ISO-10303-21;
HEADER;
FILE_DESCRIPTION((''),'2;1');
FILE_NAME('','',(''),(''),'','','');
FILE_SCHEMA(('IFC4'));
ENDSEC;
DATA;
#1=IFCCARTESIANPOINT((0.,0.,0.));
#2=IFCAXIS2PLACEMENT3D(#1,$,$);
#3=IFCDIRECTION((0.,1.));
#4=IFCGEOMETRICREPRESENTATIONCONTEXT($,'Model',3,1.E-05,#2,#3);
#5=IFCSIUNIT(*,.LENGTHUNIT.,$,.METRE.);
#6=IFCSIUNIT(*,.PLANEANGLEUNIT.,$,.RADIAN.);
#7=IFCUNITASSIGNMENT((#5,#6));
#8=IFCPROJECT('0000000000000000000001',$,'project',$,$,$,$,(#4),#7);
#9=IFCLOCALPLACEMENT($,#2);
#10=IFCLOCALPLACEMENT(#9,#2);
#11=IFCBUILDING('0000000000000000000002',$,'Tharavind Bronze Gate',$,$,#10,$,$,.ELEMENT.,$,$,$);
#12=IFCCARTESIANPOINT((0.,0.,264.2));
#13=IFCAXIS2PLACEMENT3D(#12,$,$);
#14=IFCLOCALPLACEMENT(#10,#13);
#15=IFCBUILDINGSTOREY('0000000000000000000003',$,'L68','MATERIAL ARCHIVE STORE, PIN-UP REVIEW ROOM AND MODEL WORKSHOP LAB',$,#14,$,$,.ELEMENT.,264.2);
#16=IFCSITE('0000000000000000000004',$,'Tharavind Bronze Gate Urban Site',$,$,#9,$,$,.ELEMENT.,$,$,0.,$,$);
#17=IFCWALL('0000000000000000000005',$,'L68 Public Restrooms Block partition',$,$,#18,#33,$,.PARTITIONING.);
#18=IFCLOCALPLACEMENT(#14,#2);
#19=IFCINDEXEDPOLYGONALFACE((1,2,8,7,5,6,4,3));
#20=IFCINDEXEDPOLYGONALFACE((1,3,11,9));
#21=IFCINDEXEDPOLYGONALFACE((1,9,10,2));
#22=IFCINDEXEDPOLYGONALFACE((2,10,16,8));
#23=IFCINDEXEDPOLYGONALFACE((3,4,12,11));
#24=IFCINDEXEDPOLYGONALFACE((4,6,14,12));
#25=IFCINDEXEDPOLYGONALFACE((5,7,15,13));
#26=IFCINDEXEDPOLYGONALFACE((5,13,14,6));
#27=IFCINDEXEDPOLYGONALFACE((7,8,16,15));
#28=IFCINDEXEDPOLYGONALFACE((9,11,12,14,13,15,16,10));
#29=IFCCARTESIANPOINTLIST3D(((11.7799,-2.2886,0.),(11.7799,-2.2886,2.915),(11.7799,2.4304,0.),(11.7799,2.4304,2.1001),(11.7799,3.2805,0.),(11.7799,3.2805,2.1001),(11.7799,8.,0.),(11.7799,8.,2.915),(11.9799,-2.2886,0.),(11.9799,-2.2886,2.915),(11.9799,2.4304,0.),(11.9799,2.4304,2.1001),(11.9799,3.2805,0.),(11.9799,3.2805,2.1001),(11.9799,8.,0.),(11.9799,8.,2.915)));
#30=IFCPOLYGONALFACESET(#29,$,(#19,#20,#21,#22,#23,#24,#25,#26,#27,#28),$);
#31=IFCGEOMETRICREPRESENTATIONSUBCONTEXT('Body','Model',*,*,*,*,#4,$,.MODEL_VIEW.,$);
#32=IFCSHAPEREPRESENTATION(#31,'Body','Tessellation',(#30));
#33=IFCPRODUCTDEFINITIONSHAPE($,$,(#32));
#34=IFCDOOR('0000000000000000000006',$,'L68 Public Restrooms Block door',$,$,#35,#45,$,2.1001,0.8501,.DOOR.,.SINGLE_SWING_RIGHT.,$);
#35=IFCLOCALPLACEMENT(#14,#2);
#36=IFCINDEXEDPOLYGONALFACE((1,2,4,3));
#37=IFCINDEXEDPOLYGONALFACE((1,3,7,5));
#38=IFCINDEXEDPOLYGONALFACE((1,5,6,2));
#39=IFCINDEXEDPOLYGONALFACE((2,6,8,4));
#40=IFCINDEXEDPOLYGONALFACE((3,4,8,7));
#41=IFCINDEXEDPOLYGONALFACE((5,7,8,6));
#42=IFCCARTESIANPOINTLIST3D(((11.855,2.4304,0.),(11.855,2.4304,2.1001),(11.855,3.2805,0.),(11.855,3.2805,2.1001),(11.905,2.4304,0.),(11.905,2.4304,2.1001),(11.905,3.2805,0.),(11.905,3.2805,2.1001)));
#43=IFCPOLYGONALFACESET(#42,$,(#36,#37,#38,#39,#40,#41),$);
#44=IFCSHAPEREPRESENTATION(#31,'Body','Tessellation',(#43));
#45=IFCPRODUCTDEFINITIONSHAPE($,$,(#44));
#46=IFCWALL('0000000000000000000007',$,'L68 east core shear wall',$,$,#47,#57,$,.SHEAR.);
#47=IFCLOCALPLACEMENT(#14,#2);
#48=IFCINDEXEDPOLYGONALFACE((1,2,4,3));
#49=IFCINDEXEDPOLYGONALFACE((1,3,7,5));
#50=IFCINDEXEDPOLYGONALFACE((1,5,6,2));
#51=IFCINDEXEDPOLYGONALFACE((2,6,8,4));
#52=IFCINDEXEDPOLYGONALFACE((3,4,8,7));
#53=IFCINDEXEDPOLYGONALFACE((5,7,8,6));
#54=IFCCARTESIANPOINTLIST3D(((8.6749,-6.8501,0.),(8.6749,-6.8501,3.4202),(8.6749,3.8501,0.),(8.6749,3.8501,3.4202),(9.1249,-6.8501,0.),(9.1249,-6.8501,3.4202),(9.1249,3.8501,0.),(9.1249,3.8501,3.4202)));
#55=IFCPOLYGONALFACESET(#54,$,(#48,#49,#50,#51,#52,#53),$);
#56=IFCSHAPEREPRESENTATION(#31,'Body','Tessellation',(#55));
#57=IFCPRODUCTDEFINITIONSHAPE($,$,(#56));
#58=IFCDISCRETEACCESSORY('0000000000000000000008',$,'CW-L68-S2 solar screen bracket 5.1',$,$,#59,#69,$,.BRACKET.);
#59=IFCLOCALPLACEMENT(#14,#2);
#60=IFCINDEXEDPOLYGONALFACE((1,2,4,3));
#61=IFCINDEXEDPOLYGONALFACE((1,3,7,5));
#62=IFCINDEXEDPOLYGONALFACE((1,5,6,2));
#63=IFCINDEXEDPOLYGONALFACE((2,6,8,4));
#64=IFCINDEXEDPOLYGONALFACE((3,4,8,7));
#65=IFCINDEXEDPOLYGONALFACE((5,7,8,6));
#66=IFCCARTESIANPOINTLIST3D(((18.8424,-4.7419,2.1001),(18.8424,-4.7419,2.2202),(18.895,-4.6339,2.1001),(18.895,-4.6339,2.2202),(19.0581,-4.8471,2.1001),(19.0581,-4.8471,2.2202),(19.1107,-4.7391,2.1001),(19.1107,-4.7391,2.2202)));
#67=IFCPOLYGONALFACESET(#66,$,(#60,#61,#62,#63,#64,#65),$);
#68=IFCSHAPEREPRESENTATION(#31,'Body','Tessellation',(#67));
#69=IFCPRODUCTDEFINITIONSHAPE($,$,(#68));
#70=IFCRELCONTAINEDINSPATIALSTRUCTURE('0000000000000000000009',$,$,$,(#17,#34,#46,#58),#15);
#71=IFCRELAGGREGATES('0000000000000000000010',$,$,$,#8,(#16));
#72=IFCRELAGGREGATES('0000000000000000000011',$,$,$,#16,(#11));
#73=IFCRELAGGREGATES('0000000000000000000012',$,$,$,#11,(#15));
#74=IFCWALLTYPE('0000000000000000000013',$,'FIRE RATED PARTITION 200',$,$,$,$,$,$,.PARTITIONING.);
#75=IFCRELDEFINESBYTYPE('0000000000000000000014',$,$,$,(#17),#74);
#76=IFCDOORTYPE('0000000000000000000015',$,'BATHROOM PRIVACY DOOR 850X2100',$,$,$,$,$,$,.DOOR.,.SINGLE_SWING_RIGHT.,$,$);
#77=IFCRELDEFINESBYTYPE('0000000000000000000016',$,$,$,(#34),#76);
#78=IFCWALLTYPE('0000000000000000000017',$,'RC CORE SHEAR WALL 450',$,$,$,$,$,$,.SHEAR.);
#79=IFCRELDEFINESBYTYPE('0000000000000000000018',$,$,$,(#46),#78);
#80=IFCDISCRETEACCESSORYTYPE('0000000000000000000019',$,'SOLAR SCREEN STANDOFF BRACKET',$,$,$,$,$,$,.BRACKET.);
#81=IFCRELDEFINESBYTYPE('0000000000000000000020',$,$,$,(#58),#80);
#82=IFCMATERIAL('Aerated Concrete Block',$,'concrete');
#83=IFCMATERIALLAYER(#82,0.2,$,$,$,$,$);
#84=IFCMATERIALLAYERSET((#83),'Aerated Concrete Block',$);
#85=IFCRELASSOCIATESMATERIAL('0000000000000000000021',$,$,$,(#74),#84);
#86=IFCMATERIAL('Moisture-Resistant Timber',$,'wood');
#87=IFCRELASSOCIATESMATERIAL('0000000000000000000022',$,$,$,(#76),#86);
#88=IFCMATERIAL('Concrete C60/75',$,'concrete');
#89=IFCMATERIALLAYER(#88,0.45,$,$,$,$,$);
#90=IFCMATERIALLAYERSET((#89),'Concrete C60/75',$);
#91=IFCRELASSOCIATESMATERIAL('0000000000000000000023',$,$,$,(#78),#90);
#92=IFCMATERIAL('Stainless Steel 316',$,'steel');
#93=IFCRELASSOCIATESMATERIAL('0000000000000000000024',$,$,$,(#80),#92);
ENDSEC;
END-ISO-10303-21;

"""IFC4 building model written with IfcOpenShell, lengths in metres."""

from ifc_helpers import new_model, si_unit, direction, frame, frame_2d, origin, origin_2d, place, context, subcontext, project, spatial, rectangle, extrude, material, layer, layer_set, type_object, element, fill, save


model = new_model("IFC4")

# Units and contexts
model_context = context("Model", 3, precision=1e-05, world=origin(), true_north=direction((0.0, 1.0)))
body_context = subcontext(model_context, "Body", "Model", "MODEL_VIEW")
ifc_project = project(units=[si_unit("LENGTHUNIT", "METRE"), si_unit("PLANEANGLEUNIT", "RADIAN")], contexts=[model_context])

# Site, building, storey
site_placement = place(None, origin())
site = spatial("IfcSite", under=ifc_project, at=site_placement, Name="Tharavind Bronze Gate Urban Site", CompositionType="ELEMENT", RefElevation=0.0)
building_placement = place(site_placement, origin())
building = spatial("IfcBuilding", under=site, at=building_placement, Name="Tharavind Bronze Gate", CompositionType="ELEMENT")
storey_placement = place(building_placement, frame((0.0, 0.0, 264.2)))
storey = spatial("IfcBuildingStorey", under=building, at=storey_placement, Name="L68", Description="MATERIAL ARCHIVE STORE, PIN-UP REVIEW ROOM AND MODEL WORKSHOP LAB", CompositionType="ELEMENT", Elevation=264.2)

# Shared definitions
ifc_material_1 = material(Name="Aerated Concrete Block", Category="concrete")
ifc_layer_1 = layer(ifc_material_1, 0.2)
ifc_layer_set_1 = layer_set([ifc_layer_1], Name="Aerated Concrete Block")
wall_type_1 = type_object("IfcWallType", Name="FIRE RATED PARTITION 200", PredefinedType="PARTITIONING", material=ifc_layer_set_1)

# Wall, opening, door
wall_1_placement = place(storey_placement, frame((11.8799, -2.2886, 0.0), z_axis=(0.0, 0.0, 1.0), x_axis=(0.0, 1.0, 0.0)))
wall_1 = element("IfcWall", 1, at=wall_1_placement, inside=storey, type_object=wall_type_1, Name="L68 Public Restrooms Block partition", PredefinedType="PARTITIONING", context=body_context, shape_type="SweptSolid", body=[
    extrude(rectangle(XDim=10.2886, YDim=0.2, at=frame_2d((5.1443, 0.0))), origin(), (0.0, 0.0, 1.0), 2.915),
])
opening_1_placement = place(wall_1_placement, frame((4.719, 0.0, 0.0)))
opening_1 = element("IfcOpeningElement", 2, at=opening_1_placement, cuts=wall_1, PredefinedType="OPENING", context=body_context, shape_type="SweptSolid", body=[
    extrude(rectangle(XDim=0.8501, YDim=2.1001, at=frame_2d((0.425, 1.05))), frame((0.0, 0.1101, 0.0), z_axis=(0.0, -1.0, 0.0), x_axis=(1.0, 0.0, 0.0)), (0.0, 0.0, 1.0), 0.22),
])
ifc_material_2 = material(Name="Moisture-Resistant Timber", Category="wood")
door_type_1 = type_object("IfcDoorType", Name="BATHROOM PRIVACY DOOR 850X2100", OperationType="SINGLE_SWING_RIGHT", PredefinedType="DOOR", material=ifc_material_2)
door_1_placement = place(opening_1_placement, origin())
door_1 = element("IfcDoor", 3, at=door_1_placement, inside=storey, type_object=door_type_1, Name="L68 Public Restrooms Block door", OperationType="SINGLE_SWING_RIGHT", OverallHeight=2.1001, OverallWidth=0.8501, PredefinedType="DOOR", context=body_context, shape_type="SweptSolid", body=[
    extrude(rectangle(XDim=0.8501, YDim=2.1001, at=frame_2d((0.425, 1.05))), frame((0.0, 0.0249, 0.0), z_axis=(0.0, -1.0, 0.0), x_axis=(1.0, 0.0, 0.0)), (0.0, 0.0, 1.0), 0.05),
])
fill(opening_1, door_1)

# Wall
ifc_material_3 = material(Name="Concrete C60/75", Category="concrete")
ifc_layer_2 = layer(ifc_material_3, 0.45)
ifc_layer_set_2 = layer_set([ifc_layer_2], Name="Concrete C60/75")
wall_type_2 = type_object("IfcWallType", Name="RC CORE SHEAR WALL 450", PredefinedType="SHEAR", material=ifc_layer_set_2)
wall_2_placement = place(storey_placement, frame((8.8999, -6.8501, 0.0), z_axis=(0.0, 0.0, 1.0), x_axis=(0.0, 1.0, 0.0)))
element("IfcWall", 4, at=wall_2_placement, inside=storey, type_object=wall_type_2, Name="L68 east core shear wall", PredefinedType="SHEAR", context=body_context, shape_type="SweptSolid", body=[
    extrude(rectangle(XDim=10.7002, YDim=0.45, at=frame_2d((5.3501, 0.0))), origin(), (0.0, 0.0, 1.0), 3.4202),
])

# Discrete accessory
ifc_material_4 = material(Name="Stainless Steel 316", Category="steel")
discrete_accessory_type = type_object("IfcDiscreteAccessoryType", Name="SOLAR SCREEN STANDOFF BRACKET", PredefinedType="BRACKET", material=ifc_material_4)
discrete_accessory_placement = place(storey_placement, frame((18.9766, -4.7405, 2.1001), z_axis=(0.0, 0.0, 1.0), x_axis=(0.438373, 0.898793, 0.0)))
element("IfcDiscreteAccessory", 5, at=discrete_accessory_placement, inside=storey, type_object=discrete_accessory_type, Name="CW-L68-S2 solar screen bracket 5.1", PredefinedType="BRACKET", context=body_context, shape_type="SweptSolid", body=[
    extrude(rectangle(XDim=0.1201, YDim=0.24, at=origin_2d()), origin(), (0.0, 0.0, 1.0), 0.1201),
])

save(model, "model.ifc")
